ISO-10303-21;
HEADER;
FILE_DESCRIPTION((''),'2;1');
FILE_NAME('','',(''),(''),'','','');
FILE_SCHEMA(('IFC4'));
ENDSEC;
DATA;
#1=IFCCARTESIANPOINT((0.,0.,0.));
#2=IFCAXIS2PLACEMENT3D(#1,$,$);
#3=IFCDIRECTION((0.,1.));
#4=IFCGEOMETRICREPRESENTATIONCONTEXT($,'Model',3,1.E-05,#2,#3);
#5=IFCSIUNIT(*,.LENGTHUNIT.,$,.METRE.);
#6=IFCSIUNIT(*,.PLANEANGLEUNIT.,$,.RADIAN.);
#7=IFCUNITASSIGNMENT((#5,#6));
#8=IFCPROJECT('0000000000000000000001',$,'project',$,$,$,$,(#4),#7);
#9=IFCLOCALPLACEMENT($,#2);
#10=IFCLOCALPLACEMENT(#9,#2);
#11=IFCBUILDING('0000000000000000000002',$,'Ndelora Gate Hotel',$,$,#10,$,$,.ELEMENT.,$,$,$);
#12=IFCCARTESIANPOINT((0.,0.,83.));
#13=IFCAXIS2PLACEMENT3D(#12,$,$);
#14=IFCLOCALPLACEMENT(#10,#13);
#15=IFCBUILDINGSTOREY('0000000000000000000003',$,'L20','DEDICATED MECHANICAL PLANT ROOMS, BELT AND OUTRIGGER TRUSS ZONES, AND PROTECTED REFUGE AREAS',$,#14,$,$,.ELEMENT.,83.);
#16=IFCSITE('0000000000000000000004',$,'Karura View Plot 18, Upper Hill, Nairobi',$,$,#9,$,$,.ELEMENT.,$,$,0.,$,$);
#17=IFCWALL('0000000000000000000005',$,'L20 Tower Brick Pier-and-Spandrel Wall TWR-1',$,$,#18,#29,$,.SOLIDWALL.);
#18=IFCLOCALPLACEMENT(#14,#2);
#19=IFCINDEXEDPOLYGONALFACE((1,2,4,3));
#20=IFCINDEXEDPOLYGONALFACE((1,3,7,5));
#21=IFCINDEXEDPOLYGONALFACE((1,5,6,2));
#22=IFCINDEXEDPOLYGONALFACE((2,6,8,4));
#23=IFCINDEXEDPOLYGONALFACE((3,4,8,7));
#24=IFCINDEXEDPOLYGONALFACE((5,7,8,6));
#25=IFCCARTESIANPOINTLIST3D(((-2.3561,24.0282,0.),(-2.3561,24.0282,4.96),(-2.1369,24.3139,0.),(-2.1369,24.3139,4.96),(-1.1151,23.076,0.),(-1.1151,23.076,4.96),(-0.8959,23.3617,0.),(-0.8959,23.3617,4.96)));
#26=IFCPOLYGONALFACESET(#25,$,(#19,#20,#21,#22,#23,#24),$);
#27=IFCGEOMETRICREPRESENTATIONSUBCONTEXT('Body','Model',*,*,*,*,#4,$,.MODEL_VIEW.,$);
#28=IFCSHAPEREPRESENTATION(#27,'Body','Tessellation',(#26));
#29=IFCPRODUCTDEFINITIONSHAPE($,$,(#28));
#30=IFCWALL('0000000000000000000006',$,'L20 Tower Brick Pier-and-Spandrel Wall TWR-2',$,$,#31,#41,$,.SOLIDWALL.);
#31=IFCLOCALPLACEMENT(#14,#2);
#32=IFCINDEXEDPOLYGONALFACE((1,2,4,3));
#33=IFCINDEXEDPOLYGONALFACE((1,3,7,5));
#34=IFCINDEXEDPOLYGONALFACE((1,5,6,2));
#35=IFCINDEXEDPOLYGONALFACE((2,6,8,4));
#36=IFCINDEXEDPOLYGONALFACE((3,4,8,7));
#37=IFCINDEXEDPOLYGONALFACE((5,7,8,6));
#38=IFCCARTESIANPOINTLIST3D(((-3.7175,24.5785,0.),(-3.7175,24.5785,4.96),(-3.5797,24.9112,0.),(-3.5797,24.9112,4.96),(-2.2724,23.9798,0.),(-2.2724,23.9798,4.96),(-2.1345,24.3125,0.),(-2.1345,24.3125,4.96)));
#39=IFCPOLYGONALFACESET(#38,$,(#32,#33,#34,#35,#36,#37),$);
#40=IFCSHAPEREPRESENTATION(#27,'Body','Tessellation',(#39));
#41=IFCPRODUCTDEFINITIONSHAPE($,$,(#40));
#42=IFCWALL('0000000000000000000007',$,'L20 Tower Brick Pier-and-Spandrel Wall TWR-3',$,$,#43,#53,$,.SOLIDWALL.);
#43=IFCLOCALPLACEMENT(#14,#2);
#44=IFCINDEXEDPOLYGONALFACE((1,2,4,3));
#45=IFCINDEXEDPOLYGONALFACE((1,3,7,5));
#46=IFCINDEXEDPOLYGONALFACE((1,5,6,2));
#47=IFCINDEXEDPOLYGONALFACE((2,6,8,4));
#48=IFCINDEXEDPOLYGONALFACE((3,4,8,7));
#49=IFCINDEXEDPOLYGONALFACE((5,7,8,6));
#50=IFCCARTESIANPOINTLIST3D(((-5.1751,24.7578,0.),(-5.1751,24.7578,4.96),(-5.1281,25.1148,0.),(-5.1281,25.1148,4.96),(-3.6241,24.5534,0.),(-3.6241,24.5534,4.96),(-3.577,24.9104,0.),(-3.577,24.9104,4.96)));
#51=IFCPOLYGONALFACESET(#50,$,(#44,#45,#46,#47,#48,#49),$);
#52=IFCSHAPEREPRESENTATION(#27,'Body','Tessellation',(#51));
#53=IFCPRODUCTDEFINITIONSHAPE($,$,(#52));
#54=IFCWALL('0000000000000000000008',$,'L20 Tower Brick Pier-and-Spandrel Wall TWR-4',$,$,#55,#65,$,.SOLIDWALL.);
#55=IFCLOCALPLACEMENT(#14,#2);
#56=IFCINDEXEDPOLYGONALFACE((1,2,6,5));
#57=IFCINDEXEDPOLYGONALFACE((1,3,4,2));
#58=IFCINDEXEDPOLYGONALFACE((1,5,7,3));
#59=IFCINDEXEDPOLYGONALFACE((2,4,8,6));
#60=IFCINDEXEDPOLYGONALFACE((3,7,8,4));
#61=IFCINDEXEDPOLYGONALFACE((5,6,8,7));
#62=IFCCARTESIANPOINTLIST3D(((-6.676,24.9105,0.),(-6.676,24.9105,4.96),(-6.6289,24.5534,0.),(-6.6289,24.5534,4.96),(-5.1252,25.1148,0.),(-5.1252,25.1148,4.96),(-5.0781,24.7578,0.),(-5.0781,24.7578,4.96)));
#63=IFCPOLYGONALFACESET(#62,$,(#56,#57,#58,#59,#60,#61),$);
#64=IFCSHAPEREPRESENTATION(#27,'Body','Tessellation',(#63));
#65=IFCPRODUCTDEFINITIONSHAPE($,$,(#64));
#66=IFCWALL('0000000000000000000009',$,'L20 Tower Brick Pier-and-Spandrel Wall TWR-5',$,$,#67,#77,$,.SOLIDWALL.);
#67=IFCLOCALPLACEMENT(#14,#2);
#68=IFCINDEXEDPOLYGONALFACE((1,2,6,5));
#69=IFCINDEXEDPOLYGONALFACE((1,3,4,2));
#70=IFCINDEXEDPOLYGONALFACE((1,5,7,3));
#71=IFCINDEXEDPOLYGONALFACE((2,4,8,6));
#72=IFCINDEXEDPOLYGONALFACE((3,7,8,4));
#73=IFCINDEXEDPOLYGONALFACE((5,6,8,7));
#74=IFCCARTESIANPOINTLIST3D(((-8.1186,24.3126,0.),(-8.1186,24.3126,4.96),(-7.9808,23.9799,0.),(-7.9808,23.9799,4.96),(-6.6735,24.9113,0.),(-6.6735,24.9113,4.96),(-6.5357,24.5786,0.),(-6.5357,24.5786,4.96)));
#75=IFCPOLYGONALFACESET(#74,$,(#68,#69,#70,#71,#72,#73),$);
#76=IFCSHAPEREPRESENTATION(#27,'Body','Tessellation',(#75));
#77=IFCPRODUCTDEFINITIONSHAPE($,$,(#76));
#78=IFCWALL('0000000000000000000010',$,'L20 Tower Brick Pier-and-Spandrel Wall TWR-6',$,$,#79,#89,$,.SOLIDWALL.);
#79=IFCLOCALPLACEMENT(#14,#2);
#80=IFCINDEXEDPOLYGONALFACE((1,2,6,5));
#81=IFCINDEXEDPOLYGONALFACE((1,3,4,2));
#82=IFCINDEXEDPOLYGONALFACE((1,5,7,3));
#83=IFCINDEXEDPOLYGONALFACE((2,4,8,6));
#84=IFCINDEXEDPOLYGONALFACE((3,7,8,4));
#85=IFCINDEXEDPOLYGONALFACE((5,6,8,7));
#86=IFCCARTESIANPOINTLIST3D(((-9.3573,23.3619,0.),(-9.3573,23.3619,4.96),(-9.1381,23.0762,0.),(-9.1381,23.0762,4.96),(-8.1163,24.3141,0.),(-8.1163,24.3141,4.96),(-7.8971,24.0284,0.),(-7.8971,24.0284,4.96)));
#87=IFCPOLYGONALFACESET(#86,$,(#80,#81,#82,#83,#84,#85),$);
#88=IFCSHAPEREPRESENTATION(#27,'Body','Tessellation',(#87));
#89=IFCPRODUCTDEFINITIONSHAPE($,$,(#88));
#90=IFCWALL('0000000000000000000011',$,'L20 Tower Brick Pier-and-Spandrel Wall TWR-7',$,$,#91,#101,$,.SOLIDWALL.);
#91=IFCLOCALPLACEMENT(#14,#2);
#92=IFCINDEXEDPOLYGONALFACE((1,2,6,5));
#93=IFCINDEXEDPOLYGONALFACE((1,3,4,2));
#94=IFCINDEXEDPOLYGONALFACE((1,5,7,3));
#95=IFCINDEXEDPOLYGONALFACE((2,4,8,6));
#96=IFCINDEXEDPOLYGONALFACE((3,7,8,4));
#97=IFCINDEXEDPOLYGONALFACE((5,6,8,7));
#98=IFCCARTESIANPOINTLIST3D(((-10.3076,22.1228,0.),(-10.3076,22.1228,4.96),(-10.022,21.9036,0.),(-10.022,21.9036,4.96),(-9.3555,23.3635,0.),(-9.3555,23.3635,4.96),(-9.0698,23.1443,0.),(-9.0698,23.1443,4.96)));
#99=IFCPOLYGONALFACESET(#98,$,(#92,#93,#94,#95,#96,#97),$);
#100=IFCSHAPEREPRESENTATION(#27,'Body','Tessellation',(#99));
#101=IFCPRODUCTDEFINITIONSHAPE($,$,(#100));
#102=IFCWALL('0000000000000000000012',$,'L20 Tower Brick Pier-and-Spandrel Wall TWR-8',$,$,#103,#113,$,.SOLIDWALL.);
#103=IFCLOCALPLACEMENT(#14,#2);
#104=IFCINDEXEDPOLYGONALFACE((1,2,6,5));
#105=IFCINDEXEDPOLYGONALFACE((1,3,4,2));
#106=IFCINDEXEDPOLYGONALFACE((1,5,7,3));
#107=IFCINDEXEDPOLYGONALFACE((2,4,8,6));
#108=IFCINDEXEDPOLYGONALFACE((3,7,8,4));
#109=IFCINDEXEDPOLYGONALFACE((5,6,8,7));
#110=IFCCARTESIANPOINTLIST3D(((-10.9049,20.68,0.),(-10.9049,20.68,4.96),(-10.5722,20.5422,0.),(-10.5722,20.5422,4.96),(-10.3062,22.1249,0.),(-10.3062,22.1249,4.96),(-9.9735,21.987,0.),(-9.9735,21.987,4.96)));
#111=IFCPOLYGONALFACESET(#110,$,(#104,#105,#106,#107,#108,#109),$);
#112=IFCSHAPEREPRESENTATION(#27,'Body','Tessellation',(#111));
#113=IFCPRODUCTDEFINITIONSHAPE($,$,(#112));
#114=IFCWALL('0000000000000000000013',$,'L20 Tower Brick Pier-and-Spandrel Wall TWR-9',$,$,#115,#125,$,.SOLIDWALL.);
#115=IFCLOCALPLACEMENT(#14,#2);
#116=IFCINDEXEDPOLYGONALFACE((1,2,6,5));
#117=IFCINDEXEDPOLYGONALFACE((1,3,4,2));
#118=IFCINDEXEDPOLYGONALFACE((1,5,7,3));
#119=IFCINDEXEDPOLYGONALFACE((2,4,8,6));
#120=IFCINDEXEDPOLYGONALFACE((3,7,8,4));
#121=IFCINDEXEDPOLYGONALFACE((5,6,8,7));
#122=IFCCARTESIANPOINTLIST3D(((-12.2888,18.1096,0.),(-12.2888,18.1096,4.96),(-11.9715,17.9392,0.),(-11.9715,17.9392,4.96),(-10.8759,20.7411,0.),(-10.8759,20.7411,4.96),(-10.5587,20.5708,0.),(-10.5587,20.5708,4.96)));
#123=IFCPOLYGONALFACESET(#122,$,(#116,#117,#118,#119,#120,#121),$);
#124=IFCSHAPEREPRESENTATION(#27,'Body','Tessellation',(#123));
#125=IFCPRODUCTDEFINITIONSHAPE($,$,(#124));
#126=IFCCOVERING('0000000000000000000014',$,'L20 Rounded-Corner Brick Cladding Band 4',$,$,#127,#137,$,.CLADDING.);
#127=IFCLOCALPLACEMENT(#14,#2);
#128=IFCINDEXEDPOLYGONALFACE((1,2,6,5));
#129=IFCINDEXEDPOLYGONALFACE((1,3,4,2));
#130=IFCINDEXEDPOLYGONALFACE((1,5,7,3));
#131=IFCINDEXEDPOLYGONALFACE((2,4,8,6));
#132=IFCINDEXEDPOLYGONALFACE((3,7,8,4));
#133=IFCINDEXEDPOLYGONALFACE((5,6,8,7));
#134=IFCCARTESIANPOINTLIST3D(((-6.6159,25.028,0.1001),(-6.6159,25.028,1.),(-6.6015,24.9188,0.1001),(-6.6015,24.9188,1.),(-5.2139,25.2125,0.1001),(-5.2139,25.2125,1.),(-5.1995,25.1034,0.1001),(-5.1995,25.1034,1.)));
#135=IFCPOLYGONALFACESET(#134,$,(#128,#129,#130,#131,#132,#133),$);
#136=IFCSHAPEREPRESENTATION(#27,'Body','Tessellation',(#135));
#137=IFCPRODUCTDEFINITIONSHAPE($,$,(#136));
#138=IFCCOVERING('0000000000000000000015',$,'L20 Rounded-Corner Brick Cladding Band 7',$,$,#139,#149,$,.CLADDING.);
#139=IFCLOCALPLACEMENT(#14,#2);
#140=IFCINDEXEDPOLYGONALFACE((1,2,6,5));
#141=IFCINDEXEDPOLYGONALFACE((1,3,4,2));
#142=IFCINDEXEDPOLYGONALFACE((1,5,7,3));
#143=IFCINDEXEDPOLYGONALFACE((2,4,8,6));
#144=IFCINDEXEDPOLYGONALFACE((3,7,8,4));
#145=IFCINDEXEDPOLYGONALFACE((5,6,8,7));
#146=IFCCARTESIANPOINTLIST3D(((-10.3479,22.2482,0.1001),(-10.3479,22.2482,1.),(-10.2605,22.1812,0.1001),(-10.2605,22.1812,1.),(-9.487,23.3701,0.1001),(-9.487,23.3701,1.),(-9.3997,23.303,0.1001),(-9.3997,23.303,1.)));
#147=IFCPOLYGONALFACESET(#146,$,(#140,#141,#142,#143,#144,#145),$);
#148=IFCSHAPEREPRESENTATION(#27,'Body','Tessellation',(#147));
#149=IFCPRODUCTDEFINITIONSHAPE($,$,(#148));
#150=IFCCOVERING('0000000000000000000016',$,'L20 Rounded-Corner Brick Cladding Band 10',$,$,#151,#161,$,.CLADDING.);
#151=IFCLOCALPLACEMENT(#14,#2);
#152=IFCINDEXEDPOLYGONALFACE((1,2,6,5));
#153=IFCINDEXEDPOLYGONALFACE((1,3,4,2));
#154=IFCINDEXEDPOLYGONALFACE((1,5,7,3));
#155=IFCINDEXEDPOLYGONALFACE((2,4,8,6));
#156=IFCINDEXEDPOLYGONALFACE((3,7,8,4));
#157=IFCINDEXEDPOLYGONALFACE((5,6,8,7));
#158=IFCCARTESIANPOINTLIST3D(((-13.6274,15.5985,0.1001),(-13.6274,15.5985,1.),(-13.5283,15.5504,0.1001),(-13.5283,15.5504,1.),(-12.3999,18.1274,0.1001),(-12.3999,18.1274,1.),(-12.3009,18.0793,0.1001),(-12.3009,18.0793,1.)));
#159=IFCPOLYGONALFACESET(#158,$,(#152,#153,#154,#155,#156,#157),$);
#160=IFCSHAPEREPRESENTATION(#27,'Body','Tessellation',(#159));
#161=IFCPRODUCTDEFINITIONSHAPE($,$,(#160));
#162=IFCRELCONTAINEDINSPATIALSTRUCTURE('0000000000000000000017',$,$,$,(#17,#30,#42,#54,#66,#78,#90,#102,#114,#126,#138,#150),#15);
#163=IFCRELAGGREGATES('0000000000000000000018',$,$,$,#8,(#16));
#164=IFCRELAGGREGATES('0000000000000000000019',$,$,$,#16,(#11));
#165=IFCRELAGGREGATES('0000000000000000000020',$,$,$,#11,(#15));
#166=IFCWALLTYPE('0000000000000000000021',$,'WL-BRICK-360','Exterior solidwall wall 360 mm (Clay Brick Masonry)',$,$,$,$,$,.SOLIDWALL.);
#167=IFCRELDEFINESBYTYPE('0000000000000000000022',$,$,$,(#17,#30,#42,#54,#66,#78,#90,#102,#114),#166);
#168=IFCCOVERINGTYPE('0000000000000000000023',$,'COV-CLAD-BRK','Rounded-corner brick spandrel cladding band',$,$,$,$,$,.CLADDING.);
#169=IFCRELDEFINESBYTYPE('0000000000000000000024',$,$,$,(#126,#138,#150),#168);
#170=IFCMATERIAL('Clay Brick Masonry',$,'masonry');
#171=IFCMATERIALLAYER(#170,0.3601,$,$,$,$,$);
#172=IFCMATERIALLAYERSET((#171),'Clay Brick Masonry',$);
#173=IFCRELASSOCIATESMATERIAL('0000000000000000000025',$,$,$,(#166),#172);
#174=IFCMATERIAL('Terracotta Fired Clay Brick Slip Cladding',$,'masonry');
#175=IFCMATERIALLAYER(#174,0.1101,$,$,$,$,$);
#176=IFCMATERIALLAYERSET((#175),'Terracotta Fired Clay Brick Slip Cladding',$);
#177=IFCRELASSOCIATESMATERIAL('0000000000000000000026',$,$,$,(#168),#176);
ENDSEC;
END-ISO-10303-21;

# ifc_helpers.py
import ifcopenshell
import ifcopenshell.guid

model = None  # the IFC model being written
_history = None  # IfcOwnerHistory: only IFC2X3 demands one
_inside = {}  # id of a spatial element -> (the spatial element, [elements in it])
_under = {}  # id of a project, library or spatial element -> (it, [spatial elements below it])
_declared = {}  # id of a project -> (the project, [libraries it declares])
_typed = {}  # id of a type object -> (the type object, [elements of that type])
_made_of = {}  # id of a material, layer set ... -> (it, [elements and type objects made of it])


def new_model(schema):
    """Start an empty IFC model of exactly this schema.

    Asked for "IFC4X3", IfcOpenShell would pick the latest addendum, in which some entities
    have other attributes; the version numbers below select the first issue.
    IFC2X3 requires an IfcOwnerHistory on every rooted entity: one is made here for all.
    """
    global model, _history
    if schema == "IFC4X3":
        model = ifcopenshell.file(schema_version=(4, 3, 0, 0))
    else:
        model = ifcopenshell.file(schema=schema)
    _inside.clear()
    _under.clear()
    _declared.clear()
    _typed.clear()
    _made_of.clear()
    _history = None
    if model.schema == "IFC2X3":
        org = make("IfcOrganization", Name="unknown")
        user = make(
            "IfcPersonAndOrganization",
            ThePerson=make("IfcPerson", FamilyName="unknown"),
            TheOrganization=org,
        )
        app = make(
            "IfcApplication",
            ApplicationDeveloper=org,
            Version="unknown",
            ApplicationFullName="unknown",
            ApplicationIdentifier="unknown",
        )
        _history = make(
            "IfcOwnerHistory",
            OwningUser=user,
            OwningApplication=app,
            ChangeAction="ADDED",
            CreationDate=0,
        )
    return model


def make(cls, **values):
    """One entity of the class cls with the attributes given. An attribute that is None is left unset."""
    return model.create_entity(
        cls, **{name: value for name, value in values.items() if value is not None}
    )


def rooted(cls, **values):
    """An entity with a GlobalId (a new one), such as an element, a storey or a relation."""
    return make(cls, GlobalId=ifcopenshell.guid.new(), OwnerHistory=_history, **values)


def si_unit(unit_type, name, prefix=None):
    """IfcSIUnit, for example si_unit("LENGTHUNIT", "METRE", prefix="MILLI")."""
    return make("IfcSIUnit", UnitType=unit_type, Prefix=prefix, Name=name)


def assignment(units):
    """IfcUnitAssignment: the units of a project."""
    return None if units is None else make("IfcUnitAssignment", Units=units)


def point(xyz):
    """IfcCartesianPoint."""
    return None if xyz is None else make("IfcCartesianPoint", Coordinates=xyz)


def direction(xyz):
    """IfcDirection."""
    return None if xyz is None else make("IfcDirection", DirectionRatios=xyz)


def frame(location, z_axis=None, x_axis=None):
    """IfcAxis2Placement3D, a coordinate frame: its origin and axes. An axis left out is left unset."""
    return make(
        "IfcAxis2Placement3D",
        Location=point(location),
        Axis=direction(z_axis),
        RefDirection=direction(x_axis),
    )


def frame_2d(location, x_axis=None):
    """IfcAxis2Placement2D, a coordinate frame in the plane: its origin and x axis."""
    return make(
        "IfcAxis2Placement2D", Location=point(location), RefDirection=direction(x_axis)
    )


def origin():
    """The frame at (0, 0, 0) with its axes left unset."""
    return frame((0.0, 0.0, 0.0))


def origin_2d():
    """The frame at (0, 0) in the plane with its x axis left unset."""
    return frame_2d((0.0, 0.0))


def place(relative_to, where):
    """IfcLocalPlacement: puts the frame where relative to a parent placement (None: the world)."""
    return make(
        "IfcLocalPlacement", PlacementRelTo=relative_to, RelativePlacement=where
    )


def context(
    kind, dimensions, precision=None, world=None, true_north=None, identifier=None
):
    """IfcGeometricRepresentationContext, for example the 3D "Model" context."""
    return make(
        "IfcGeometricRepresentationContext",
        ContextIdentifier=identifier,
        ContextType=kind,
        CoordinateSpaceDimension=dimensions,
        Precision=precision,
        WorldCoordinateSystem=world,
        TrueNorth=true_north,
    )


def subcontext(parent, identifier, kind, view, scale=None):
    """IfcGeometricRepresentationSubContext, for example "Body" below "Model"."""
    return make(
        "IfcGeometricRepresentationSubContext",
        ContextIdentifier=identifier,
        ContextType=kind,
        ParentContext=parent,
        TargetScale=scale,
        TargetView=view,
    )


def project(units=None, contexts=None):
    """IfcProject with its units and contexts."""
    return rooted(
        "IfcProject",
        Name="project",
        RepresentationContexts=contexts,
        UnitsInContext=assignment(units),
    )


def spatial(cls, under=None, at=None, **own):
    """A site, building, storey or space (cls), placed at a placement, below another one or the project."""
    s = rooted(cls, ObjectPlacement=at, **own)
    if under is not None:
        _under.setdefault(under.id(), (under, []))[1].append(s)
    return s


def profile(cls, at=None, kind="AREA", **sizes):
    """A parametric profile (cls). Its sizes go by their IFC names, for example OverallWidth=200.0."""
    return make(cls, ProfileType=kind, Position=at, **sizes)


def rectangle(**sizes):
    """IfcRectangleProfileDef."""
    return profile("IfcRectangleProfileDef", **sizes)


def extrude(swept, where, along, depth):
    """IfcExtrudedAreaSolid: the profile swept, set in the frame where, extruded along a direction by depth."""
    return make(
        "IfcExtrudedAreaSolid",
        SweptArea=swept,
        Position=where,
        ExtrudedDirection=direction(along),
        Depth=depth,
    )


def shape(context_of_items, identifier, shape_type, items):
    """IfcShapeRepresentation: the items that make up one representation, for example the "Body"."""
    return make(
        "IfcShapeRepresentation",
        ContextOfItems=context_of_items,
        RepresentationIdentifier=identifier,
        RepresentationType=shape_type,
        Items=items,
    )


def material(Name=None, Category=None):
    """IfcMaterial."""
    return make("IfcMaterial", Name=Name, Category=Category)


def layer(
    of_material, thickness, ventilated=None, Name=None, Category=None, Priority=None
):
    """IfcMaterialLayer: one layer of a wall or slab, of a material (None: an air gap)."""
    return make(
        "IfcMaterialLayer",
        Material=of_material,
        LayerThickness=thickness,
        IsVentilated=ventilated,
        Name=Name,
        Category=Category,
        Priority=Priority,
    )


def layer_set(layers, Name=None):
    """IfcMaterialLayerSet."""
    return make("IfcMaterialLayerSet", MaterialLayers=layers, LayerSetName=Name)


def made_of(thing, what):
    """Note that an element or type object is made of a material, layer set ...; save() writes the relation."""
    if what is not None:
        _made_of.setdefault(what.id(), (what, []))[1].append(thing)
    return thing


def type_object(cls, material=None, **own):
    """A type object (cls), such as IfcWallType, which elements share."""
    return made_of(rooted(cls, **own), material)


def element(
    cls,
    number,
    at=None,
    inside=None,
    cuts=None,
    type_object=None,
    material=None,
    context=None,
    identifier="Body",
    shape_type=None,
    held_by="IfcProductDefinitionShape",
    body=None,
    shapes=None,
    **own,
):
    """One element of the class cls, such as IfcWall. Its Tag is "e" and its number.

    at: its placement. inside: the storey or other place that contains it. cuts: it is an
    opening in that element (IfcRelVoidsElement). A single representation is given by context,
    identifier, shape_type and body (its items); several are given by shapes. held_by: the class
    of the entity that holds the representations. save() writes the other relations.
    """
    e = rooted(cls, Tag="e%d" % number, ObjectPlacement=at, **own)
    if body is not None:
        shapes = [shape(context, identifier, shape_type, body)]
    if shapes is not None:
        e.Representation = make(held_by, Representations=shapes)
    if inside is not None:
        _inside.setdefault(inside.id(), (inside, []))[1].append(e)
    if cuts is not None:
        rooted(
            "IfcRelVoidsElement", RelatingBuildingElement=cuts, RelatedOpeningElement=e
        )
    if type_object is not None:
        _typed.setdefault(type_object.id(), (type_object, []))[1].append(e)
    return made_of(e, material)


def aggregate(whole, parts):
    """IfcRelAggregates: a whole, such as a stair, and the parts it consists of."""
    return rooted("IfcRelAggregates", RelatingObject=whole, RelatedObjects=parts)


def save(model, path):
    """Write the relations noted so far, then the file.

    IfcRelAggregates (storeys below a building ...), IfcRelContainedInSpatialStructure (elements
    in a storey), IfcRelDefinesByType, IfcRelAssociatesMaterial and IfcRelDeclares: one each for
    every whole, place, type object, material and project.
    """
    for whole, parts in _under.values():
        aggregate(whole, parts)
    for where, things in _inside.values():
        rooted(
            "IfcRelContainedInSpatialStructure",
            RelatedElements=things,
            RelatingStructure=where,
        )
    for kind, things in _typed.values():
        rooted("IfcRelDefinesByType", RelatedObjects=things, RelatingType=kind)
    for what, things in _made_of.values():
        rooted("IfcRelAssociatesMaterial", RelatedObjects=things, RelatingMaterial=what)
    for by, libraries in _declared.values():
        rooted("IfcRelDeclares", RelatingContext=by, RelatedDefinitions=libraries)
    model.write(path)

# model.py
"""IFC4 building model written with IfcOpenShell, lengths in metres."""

from ifc_helpers import new_model, si_unit, direction, frame, frame_2d, origin, origin_2d, place, context, subcontext, project, spatial, rectangle, extrude, material, layer, layer_set, type_object, element, save


model = new_model("IFC4")

# Units and contexts
model_context = context("Model", 3, precision=1e-05, world=origin(), true_north=direction((0.0, 1.0)))
body_context = subcontext(model_context, "Body", "Model", "MODEL_VIEW")
ifc_project = project(units=[si_unit("LENGTHUNIT", "METRE"), si_unit("PLANEANGLEUNIT", "RADIAN")], contexts=[model_context])

# Site, building, storey
site_placement = place(None, origin())
site = spatial("IfcSite", under=ifc_project, at=site_placement, Name="Karura View Plot 18, Upper Hill, Nairobi", CompositionType="ELEMENT", RefElevation=0.0)
building_placement = place(site_placement, origin())
building = spatial("IfcBuilding", under=site, at=building_placement, Name="Ndelora Gate Hotel", CompositionType="ELEMENT")
storey_placement = place(building_placement, frame((0.0, 0.0, 83.0)))
storey = spatial("IfcBuildingStorey", under=building, at=storey_placement, Name="L20", Description="DEDICATED MECHANICAL PLANT ROOMS, BELT AND OUTRIGGER TRUSS ZONES, AND PROTECTED REFUGE AREAS", CompositionType="ELEMENT", Elevation=83.0)

# Walls
ifc_material_1 = material(Name="Clay Brick Masonry", Category="masonry")
ifc_layer_1 = layer(ifc_material_1, 0.3601)
ifc_layer_set_1 = layer_set([ifc_layer_1], Name="Clay Brick Masonry")
wall_type = type_object("IfcWallType", Name="WL-BRICK-360", Description="Exterior solidwall wall 360 mm (Clay Brick Masonry)", PredefinedType="SOLIDWALL", material=ifc_layer_set_1)
for number, where, z_axis, x_axis, name in (
    (1, (-2.2466, 24.1711, 0.0), (0.0, 0.0, 1.0), (0.793378, -0.60873, 0.0), "L20 Tower Brick Pier-and-Spandrel Wall TWR-1"),
    (2, (-3.6487, 24.7449, 0.0), (0.0, 0.0, 1.0), (0.923865, -0.382719, 0.0), "L20 Tower Brick Pier-and-Spandrel Wall TWR-2"),
):
    element("IfcWall", number, at=place(storey_placement, frame(where, z_axis=z_axis, x_axis=x_axis)), inside=storey, type_object=wall_type, Name=name, PredefinedType="SOLIDWALL", context=body_context, shape_type="SweptSolid", body=[
        extrude(rectangle(XDim=1.5642, YDim=0.3601, at=frame_2d((0.7822, 0.0))), origin(), (0.0, 0.0, 1.0), 4.96),
    ])
wall_1_placement = place(storey_placement, frame((-5.1516, 24.9363, 0.0), z_axis=(0.0, 0.0, 1.0), x_axis=(0.991433, -0.13062, 0.0)))
element("IfcWall", 3, at=wall_1_placement, inside=storey, type_object=wall_type, Name="L20 Tower Brick Pier-and-Spandrel Wall TWR-3", PredefinedType="SOLIDWALL", context=body_context, shape_type="SweptSolid", body=[
    extrude(rectangle(XDim=1.5645, YDim=0.3601, at=frame_2d((0.7822, 0.0))), origin(), (0.0, 0.0, 1.0), 4.96),
])
for number, where, z_axis, x_axis, name in (
    (4, (-6.6526, 24.7319, 0.0), (0.0, 0.0, 1.0), (0.99143, 0.13064, 0.0), "L20 Tower Brick Pier-and-Spandrel Wall TWR-4"),
    (5, (-8.0498, 24.1462, 0.0), (0.0, 0.0, 1.0), (0.923865, 0.382719, 0.0), "L20 Tower Brick Pier-and-Spandrel Wall TWR-5"),
    (6, (-9.2478, 23.219, 0.0), (0.0, 0.0, 1.0), (0.793378, 0.60873, 0.0), "L20 Tower Brick Pier-and-Spandrel Wall TWR-6"),
):
    element("IfcWall", number, at=place(storey_placement, frame(where, z_axis=z_axis, x_axis=x_axis)), inside=storey, type_object=wall_type, Name=name, PredefinedType="SOLIDWALL", context=body_context, shape_type="SweptSolid", body=[
        extrude(rectangle(XDim=1.5642, YDim=0.3601, at=frame_2d((0.7822, 0.0))), origin(), (0.0, 0.0, 1.0), 4.96),
    ])
for number, where, z_axis, x_axis, name in (
    (7, (-10.1648, 22.0132, 0.0), (0.0, 0.0, 1.0), (0.608805, 0.79332, 0.0), "L20 Tower Brick Pier-and-Spandrel Wall TWR-7"),
    (8, (-10.7385, 20.6111, 0.0), (0.0, 0.0, 1.0), (0.382775, 0.923842, 0.0), "L20 Tower Brick Pier-and-Spandrel Wall TWR-8"),
):
    element("IfcWall", number, at=place(storey_placement, frame(where, z_axis=z_axis, x_axis=x_axis)), inside=storey, type_object=wall_type, Name=name, PredefinedType="SOLIDWALL", context=body_context, shape_type="SweptSolid", body=[
        extrude(rectangle(XDim=1.564, YDim=0.3601, at=frame_2d((0.782, 0.0))), origin(), (0.0, 0.0, 1.0), 4.96),
    ])
wall_2_placement = place(storey_placement, frame((-12.1301, 18.0244, 0.0), z_axis=(0.0, 0.0, 1.0), x_axis=(0.473017, 0.881053, 0.0)))
element("IfcWall", 9, at=wall_2_placement, inside=storey, type_object=wall_type, Name="L20 Tower Brick Pier-and-Spandrel Wall TWR-9", PredefinedType="SOLIDWALL", context=body_context, shape_type="SweptSolid", body=[
    extrude(rectangle(XDim=2.9868, YDim=0.3601, at=frame_2d((1.4934, 0.0))), origin(), (0.0, 0.0, 1.0), 4.96),
])

# Coverings
ifc_material_2 = material(Name="Terracotta Fired Clay Brick Slip Cladding", Category="masonry")
ifc_layer_2 = layer(ifc_material_2, 0.1101)
ifc_layer_set_2 = layer_set([ifc_layer_2], Name="Terracotta Fired Clay Brick Slip Cladding")
covering_type = type_object("IfcCoveringType", Name="COV-CLAD-BRK", Description="Rounded-corner brick spandrel cladding band", PredefinedType="CLADDING", material=ifc_layer_set_2)
for number, where, z_axis, x_axis, name in (
    (10, (-5.9077, 25.0657, 0.1001), (0.0, 0.0, 1.0), (0.991445, 0.130526, 0.0), "L20 Rounded-Corner Brick Cladding Band 4"),
    (11, (-9.8738, 22.7756, 0.1001), (0.0, 0.0, 1.0), (0.608761, 0.793353, 0.0), "L20 Rounded-Corner Brick Cladding Band 7"),
):
    element("IfcCovering", number, at=place(storey_placement, frame(where, z_axis=z_axis, x_axis=x_axis)), inside=storey, type_object=covering_type, Name=name, PredefinedType="CLADDING", context=body_context, shape_type="SweptSolid", body=[
        extrude(rectangle(XDim=1.4141, YDim=0.1101, at=origin_2d()), origin(), (0.0, 0.0, 1.0), 0.8999),
    ])
covering_placement = place(storey_placement, frame((-12.9641, 16.8389, 0.1001), z_axis=(0.0, 0.0, 1.0), x_axis=(0.436645, 0.899634, 0.0)))
element("IfcCovering", 12, at=covering_placement, inside=storey, type_object=covering_type, Name="L20 Rounded-Corner Brick Cladding Band 10", PredefinedType="CLADDING", context=body_context, shape_type="SweptSolid", body=[
    extrude(rectangle(XDim=2.811, YDim=0.1101, at=origin_2d()), origin(), (0.0, 0.0, 1.0), 0.8999),
])

save(model, "model.ifc")
